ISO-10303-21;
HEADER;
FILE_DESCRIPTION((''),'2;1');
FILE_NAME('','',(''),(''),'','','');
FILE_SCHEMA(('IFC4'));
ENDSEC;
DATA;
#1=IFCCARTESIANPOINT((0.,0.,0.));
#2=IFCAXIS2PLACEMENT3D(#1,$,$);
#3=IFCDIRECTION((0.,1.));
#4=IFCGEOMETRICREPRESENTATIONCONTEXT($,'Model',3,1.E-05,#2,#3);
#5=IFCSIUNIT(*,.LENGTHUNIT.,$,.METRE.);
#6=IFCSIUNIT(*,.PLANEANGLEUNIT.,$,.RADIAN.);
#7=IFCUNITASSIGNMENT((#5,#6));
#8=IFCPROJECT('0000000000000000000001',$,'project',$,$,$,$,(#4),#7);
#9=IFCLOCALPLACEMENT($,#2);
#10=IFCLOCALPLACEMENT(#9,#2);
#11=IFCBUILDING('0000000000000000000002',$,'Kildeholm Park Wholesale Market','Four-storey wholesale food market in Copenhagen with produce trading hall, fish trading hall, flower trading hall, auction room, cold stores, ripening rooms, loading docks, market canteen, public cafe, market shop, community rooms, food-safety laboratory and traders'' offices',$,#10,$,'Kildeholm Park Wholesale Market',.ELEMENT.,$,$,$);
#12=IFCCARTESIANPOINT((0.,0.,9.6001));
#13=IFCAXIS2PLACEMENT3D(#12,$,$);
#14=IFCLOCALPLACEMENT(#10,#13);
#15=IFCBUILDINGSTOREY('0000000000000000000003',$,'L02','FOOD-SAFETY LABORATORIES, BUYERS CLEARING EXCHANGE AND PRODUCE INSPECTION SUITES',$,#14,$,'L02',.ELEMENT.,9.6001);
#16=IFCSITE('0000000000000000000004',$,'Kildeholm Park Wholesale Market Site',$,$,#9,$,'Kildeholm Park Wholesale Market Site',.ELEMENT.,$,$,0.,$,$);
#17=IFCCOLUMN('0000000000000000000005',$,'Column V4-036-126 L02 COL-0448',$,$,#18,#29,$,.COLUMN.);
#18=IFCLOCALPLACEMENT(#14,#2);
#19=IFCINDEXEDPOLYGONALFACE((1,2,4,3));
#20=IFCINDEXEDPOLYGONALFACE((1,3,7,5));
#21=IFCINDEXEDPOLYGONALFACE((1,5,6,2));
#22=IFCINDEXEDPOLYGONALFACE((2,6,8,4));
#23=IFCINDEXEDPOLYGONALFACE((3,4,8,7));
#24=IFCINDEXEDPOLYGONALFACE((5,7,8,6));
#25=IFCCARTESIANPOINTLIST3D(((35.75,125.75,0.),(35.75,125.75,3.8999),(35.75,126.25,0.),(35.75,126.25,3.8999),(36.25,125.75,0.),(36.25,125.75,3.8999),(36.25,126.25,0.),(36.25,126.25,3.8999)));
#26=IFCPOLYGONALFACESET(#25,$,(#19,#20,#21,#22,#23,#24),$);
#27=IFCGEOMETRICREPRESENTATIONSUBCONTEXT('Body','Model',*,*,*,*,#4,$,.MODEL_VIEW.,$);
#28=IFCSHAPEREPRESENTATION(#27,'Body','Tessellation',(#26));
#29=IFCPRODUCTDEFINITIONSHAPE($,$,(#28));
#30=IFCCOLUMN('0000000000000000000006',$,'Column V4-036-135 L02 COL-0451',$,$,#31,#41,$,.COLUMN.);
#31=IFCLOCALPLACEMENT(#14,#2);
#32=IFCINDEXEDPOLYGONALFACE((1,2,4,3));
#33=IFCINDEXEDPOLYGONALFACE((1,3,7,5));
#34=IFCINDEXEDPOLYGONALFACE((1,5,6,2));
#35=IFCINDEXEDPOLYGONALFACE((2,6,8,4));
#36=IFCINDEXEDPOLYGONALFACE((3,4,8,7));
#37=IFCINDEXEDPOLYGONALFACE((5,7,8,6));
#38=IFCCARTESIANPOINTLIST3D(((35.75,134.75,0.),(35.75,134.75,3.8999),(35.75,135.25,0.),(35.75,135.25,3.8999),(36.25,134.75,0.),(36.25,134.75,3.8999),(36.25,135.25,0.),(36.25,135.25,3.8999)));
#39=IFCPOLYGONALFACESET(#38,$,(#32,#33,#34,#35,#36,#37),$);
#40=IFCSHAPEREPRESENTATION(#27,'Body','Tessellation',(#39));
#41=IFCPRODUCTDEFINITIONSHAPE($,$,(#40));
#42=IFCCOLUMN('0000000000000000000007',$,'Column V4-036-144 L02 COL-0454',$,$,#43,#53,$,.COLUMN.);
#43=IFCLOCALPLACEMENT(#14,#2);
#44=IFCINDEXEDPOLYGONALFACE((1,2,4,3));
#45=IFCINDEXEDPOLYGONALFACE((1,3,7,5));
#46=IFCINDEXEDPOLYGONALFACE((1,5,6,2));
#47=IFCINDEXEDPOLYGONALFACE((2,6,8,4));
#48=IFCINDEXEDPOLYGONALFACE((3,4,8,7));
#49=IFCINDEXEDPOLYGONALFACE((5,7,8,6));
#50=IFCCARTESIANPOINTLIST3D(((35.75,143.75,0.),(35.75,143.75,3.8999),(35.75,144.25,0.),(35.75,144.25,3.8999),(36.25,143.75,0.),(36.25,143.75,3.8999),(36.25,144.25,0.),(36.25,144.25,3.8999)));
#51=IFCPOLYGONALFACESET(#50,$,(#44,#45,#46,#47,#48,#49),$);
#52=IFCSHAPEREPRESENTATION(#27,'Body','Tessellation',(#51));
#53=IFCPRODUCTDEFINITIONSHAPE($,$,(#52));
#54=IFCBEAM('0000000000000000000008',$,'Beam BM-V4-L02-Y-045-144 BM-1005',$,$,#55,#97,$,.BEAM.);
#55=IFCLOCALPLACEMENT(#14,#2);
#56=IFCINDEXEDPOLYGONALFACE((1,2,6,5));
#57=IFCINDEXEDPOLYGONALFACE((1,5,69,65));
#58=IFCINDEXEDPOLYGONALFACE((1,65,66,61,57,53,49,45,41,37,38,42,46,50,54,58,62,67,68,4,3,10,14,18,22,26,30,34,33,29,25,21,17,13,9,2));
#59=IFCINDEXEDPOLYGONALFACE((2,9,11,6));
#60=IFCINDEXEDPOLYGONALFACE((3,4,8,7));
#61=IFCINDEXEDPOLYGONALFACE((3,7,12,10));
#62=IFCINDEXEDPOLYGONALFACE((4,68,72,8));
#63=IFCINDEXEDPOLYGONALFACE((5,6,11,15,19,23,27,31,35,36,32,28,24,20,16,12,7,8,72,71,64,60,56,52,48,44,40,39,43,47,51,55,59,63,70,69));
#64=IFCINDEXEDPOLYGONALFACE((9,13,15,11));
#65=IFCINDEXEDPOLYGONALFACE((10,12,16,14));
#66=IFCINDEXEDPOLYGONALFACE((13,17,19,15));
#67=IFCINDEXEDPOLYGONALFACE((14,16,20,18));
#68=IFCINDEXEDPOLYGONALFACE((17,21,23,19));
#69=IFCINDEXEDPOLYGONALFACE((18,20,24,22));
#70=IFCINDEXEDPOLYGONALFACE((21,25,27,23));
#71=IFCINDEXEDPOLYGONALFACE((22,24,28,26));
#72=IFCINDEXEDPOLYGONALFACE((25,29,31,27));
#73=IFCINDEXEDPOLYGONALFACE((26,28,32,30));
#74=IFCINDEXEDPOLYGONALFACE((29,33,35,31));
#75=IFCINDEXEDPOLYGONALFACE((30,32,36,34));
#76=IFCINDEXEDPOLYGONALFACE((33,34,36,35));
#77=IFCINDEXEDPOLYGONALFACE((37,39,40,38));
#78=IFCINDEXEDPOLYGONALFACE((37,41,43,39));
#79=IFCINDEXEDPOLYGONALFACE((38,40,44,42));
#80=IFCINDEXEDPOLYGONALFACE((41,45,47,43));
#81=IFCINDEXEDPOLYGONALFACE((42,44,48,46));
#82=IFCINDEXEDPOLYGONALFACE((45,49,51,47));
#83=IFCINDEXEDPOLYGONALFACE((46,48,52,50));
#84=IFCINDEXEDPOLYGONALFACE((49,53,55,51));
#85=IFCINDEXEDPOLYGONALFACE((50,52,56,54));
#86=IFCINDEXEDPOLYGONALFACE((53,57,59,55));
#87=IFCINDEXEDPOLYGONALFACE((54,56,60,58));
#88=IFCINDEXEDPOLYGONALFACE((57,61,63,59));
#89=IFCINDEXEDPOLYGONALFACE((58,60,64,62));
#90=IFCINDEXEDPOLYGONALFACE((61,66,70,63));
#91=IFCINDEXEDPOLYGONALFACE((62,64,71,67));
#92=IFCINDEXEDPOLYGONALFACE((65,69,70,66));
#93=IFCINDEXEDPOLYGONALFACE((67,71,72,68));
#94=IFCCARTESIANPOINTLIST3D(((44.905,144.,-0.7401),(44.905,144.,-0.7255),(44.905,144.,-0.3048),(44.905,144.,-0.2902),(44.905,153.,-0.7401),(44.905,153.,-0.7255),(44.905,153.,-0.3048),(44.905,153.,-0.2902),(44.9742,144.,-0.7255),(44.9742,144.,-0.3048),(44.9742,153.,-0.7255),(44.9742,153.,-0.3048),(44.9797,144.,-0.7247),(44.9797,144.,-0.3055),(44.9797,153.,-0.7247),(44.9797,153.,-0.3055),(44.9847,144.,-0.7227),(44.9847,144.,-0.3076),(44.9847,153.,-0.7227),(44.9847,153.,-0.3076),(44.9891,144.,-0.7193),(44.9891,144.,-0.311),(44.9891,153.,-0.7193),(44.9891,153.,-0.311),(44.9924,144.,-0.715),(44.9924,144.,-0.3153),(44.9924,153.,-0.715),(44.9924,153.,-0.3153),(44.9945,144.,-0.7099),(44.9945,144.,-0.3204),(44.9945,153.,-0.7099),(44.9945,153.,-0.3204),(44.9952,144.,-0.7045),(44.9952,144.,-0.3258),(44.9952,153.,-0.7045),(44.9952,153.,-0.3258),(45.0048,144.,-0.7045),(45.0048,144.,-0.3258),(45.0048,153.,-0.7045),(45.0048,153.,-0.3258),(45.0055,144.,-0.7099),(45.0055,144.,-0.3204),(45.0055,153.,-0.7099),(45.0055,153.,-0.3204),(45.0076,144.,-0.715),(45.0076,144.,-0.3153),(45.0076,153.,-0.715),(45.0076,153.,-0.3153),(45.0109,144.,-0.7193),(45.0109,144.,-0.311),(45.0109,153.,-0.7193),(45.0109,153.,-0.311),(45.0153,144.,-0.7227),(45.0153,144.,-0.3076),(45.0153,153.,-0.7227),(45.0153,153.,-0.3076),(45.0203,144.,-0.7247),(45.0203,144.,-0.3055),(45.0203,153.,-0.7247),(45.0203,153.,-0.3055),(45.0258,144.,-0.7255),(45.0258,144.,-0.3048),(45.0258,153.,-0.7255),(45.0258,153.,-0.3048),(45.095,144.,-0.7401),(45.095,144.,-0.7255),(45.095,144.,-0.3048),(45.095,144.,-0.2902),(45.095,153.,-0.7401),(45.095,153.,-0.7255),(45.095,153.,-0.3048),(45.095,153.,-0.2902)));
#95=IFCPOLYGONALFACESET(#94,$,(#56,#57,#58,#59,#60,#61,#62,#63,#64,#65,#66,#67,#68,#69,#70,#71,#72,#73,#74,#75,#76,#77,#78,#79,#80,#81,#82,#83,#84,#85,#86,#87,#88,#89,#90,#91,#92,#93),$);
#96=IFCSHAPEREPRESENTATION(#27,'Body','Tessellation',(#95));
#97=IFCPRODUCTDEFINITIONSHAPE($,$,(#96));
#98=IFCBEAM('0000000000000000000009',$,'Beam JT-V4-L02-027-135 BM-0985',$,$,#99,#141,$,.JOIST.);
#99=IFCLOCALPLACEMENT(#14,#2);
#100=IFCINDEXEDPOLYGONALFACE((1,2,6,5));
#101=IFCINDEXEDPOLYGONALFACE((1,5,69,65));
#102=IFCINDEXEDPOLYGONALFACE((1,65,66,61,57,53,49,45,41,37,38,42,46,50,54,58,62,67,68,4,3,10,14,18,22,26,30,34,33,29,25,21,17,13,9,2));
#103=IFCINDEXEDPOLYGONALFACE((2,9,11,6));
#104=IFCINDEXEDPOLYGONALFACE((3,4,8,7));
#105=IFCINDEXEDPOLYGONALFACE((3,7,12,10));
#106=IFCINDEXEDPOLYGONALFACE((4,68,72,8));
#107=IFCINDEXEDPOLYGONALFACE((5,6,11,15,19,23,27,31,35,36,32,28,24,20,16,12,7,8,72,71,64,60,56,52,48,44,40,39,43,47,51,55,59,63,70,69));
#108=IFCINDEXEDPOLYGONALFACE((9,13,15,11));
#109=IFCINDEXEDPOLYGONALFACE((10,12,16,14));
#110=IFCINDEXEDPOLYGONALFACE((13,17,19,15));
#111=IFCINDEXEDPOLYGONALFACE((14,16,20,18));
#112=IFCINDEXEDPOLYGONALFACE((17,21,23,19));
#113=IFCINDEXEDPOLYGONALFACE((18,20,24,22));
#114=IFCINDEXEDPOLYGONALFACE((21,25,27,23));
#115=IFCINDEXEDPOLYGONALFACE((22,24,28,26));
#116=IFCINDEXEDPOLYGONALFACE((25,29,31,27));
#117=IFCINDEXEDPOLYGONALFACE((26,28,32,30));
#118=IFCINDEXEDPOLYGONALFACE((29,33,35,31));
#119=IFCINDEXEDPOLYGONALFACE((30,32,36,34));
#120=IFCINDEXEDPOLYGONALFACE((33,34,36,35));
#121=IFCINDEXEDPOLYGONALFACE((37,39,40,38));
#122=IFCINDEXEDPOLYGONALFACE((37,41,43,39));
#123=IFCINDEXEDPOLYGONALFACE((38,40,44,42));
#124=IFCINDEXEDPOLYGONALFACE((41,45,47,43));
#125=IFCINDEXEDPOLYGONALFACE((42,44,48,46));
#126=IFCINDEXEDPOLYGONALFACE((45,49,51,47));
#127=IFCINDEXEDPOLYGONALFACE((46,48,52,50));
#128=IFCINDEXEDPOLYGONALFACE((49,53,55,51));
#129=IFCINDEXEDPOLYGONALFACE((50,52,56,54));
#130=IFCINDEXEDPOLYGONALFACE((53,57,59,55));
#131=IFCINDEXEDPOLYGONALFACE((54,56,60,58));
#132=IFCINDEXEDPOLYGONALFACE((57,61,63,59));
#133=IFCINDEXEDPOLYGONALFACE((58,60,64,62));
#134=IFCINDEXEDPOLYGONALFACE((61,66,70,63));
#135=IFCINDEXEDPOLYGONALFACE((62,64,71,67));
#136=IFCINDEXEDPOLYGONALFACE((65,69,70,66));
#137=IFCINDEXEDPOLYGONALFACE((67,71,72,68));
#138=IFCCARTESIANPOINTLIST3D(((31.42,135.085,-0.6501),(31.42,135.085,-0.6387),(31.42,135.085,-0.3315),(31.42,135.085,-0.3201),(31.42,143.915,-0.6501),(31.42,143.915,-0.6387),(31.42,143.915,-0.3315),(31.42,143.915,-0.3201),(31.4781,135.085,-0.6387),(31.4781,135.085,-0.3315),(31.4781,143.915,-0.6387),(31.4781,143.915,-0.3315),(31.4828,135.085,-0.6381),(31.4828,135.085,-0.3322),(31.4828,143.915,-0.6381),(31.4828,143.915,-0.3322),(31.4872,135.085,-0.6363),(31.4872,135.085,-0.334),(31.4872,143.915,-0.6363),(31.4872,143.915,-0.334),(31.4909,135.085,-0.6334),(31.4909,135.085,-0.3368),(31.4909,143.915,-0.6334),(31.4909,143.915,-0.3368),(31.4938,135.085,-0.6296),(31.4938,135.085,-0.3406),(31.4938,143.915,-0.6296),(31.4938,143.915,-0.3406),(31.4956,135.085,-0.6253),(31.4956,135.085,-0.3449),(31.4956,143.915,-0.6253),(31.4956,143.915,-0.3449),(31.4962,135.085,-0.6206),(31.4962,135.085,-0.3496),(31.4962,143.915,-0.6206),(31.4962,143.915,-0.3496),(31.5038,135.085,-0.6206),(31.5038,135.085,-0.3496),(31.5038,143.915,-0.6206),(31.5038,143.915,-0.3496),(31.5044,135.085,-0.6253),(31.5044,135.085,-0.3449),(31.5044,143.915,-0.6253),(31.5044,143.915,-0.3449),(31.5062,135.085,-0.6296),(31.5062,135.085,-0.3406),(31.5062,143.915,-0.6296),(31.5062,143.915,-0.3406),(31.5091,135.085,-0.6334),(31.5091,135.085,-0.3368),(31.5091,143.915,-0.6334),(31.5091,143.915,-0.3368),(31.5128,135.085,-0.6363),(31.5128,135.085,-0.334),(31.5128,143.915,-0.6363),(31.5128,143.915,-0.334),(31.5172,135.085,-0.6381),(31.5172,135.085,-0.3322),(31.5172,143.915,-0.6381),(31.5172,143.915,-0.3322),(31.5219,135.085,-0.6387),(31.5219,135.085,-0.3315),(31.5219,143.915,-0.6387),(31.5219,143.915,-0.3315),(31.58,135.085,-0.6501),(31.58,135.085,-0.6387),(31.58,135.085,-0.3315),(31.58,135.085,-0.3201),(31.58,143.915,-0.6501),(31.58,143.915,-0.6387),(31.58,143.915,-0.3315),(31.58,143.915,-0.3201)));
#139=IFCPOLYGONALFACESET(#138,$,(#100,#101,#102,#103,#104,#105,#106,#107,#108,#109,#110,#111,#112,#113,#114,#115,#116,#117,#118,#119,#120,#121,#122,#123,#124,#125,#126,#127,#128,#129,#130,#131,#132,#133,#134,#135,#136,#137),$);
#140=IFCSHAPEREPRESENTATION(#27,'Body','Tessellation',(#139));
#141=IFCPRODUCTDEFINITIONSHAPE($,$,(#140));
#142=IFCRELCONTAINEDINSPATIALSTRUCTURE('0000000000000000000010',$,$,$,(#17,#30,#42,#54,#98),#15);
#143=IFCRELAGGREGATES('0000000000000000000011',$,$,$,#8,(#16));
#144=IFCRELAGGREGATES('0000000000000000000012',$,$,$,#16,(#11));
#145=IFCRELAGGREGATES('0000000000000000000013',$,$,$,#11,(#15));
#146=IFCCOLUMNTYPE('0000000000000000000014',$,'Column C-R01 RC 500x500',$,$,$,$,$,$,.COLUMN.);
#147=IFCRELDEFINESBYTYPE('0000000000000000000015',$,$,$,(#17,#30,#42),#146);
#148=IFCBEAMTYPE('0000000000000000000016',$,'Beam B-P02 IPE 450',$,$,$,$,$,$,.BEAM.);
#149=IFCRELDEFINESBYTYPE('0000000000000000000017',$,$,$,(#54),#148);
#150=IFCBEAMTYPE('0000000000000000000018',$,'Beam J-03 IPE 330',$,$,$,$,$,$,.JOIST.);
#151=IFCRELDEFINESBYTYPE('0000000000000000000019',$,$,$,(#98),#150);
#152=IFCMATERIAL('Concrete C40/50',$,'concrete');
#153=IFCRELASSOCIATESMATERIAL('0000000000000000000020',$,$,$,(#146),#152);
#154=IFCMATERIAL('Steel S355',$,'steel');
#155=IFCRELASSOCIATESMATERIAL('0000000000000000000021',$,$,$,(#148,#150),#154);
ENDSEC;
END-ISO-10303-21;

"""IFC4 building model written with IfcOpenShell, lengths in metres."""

from ifc_helpers import new_model, si_unit, direction, frame, origin, origin_2d, place, context, subcontext, project, spatial, rectangle, i_section, extrude, material, material_profile, profile_set, type_object, element, save


model = new_model("IFC4")

# Units and contexts
model_context = context("Model", 3, precision=1e-05, world=origin(), true_north=direction((0.0, 1.0)))
body_context = subcontext(model_context, "Body", "Model", "MODEL_VIEW")
ifc_project = project(units=[si_unit("LENGTHUNIT", "METRE"), si_unit("PLANEANGLEUNIT", "RADIAN")], contexts=[model_context])

# Site, building, storey
site_placement = place(None, origin())
site = spatial("IfcSite", under=ifc_project, at=site_placement, Name="Kildeholm Park Wholesale Market Site", LongName="Kildeholm Park Wholesale Market Site", CompositionType="ELEMENT", RefElevation=0.0)
building_placement = place(site_placement, origin())
building = spatial("IfcBuilding", under=site, at=building_placement, Name="Kildeholm Park Wholesale Market", Description="Four-storey wholesale food market in Copenhagen with produce trading hall, fish trading hall, flower trading hall, auction room, cold stores, ripening rooms, loading docks, market canteen, public cafe, market shop, community rooms, food-safety laboratory and traders' offices", LongName="Kildeholm Park Wholesale Market", CompositionType="ELEMENT")
storey_placement = place(building_placement, frame((0.0, 0.0, 9.6001)))
storey = spatial("IfcBuildingStorey", under=building, at=storey_placement, Name="L02", Description="FOOD-SAFETY LABORATORIES, BUYERS CLEARING EXCHANGE AND PRODUCE INSPECTION SUITES", LongName="L02", CompositionType="ELEMENT", Elevation=9.6001)

# Columns
ifc_material_1 = material(Name="Concrete C40/50", Category="concrete")
ifc_material_profile_1 = material_profile(ifc_material_1, rectangle(XDim=0.5, YDim=0.5, at=origin_2d()), Name="RC 500x500")
ifc_profile_set_1 = profile_set([ifc_material_profile_1], Name="Concrete C40/50")
column_type = type_object("IfcColumnType", Name="Column C-R01 RC 500x500", PredefinedType="COLUMN", material=ifc_profile_set_1)
for number, where, z_axis, x_axis, name in (
    (1, (36.0, 126.0, 0.0), (0.0, 0.0, 1.0), (1.0, 0.0, 0.0), "Column V4-036-126 L02 COL-0448"),
    (2, (36.0, 135.0, 0.0), (0.0, 0.0, 1.0), (1.0, 0.0, 0.0), "Column V4-036-135 L02 COL-0451"),
    (3, (36.0, 144.0, 0.0), (0.0, 0.0, 1.0), (1.0, 0.0, 0.0), "Column V4-036-144 L02 COL-0454"),
):
    element("IfcColumn", number, at=place(storey_placement, frame(where, z_axis=z_axis, x_axis=x_axis)), inside=storey, type_object=column_type, Name=name, PredefinedType="COLUMN", context=body_context, shape_type="SweptSolid", body=[
        extrude(rectangle(XDim=0.5, YDim=0.5, at=origin_2d()), origin(), (0.0, 0.0, 1.0), 3.8999),
    ])

# Beams
ifc_material_2 = material(Name="Steel S355", Category="steel")
ifc_material_profile_2 = material_profile(ifc_material_2, i_section(OverallWidth=0.1899, OverallDepth=0.45, WebThickness=0.0095, FlangeThickness=0.0146, FilletRadius=0.021, at=origin_2d()), Name="IPE 450")
ifc_profile_set_2 = profile_set([ifc_material_profile_2], Name="Steel S355")
beam_type_1 = type_object("IfcBeamType", Name="Beam B-P02 IPE 450", PredefinedType="BEAM", material=ifc_profile_set_2)
beam_1_placement = place(storey_placement, frame((45.0, 144.0, -0.5151), z_axis=(0.0, 1.0, 0.0), x_axis=(-1.0, 0.0, 0.0)))
element("IfcBeam", 4, at=beam_1_placement, inside=storey, type_object=beam_type_1, Name="Beam BM-V4-L02-Y-045-144 BM-1005", PredefinedType="BEAM", context=body_context, shape_type="SweptSolid", body=[
    extrude(i_section(OverallWidth=0.1899, OverallDepth=0.45, WebThickness=0.0095, FlangeThickness=0.0146, FilletRadius=0.021, at=origin_2d()), origin(), (0.0, 0.0, 1.0), 9.0),
])
ifc_material_profile_3 = material_profile(ifc_material_2, i_section(OverallWidth=0.1599, OverallDepth=0.3301, WebThickness=0.0076, FlangeThickness=0.0115, FilletRadius=0.0181, at=origin_2d()), Name="IPE 330")
ifc_profile_set_3 = profile_set([ifc_material_profile_3], Name="Steel S355")
beam_type_2 = type_object("IfcBeamType", Name="Beam J-03 IPE 330", PredefinedType="JOIST", material=ifc_profile_set_3)
beam_2_placement = place(storey_placement, frame((31.5, 135.085, -0.4851), z_axis=(0.0, 1.0, 0.0), x_axis=(-1.0, 0.0, 0.0)))
element("IfcBeam", 5, at=beam_2_placement, inside=storey, type_object=beam_type_2, Name="Beam JT-V4-L02-027-135 BM-0985", PredefinedType="JOIST", context=body_context, shape_type="SweptSolid", body=[
    extrude(i_section(OverallWidth=0.1599, OverallDepth=0.3301, WebThickness=0.0076, FlangeThickness=0.0115, FilletRadius=0.0181, at=origin_2d()), origin(), (0.0, 0.0, 1.0), 8.8301),
])

save(model, "model.ifc")
